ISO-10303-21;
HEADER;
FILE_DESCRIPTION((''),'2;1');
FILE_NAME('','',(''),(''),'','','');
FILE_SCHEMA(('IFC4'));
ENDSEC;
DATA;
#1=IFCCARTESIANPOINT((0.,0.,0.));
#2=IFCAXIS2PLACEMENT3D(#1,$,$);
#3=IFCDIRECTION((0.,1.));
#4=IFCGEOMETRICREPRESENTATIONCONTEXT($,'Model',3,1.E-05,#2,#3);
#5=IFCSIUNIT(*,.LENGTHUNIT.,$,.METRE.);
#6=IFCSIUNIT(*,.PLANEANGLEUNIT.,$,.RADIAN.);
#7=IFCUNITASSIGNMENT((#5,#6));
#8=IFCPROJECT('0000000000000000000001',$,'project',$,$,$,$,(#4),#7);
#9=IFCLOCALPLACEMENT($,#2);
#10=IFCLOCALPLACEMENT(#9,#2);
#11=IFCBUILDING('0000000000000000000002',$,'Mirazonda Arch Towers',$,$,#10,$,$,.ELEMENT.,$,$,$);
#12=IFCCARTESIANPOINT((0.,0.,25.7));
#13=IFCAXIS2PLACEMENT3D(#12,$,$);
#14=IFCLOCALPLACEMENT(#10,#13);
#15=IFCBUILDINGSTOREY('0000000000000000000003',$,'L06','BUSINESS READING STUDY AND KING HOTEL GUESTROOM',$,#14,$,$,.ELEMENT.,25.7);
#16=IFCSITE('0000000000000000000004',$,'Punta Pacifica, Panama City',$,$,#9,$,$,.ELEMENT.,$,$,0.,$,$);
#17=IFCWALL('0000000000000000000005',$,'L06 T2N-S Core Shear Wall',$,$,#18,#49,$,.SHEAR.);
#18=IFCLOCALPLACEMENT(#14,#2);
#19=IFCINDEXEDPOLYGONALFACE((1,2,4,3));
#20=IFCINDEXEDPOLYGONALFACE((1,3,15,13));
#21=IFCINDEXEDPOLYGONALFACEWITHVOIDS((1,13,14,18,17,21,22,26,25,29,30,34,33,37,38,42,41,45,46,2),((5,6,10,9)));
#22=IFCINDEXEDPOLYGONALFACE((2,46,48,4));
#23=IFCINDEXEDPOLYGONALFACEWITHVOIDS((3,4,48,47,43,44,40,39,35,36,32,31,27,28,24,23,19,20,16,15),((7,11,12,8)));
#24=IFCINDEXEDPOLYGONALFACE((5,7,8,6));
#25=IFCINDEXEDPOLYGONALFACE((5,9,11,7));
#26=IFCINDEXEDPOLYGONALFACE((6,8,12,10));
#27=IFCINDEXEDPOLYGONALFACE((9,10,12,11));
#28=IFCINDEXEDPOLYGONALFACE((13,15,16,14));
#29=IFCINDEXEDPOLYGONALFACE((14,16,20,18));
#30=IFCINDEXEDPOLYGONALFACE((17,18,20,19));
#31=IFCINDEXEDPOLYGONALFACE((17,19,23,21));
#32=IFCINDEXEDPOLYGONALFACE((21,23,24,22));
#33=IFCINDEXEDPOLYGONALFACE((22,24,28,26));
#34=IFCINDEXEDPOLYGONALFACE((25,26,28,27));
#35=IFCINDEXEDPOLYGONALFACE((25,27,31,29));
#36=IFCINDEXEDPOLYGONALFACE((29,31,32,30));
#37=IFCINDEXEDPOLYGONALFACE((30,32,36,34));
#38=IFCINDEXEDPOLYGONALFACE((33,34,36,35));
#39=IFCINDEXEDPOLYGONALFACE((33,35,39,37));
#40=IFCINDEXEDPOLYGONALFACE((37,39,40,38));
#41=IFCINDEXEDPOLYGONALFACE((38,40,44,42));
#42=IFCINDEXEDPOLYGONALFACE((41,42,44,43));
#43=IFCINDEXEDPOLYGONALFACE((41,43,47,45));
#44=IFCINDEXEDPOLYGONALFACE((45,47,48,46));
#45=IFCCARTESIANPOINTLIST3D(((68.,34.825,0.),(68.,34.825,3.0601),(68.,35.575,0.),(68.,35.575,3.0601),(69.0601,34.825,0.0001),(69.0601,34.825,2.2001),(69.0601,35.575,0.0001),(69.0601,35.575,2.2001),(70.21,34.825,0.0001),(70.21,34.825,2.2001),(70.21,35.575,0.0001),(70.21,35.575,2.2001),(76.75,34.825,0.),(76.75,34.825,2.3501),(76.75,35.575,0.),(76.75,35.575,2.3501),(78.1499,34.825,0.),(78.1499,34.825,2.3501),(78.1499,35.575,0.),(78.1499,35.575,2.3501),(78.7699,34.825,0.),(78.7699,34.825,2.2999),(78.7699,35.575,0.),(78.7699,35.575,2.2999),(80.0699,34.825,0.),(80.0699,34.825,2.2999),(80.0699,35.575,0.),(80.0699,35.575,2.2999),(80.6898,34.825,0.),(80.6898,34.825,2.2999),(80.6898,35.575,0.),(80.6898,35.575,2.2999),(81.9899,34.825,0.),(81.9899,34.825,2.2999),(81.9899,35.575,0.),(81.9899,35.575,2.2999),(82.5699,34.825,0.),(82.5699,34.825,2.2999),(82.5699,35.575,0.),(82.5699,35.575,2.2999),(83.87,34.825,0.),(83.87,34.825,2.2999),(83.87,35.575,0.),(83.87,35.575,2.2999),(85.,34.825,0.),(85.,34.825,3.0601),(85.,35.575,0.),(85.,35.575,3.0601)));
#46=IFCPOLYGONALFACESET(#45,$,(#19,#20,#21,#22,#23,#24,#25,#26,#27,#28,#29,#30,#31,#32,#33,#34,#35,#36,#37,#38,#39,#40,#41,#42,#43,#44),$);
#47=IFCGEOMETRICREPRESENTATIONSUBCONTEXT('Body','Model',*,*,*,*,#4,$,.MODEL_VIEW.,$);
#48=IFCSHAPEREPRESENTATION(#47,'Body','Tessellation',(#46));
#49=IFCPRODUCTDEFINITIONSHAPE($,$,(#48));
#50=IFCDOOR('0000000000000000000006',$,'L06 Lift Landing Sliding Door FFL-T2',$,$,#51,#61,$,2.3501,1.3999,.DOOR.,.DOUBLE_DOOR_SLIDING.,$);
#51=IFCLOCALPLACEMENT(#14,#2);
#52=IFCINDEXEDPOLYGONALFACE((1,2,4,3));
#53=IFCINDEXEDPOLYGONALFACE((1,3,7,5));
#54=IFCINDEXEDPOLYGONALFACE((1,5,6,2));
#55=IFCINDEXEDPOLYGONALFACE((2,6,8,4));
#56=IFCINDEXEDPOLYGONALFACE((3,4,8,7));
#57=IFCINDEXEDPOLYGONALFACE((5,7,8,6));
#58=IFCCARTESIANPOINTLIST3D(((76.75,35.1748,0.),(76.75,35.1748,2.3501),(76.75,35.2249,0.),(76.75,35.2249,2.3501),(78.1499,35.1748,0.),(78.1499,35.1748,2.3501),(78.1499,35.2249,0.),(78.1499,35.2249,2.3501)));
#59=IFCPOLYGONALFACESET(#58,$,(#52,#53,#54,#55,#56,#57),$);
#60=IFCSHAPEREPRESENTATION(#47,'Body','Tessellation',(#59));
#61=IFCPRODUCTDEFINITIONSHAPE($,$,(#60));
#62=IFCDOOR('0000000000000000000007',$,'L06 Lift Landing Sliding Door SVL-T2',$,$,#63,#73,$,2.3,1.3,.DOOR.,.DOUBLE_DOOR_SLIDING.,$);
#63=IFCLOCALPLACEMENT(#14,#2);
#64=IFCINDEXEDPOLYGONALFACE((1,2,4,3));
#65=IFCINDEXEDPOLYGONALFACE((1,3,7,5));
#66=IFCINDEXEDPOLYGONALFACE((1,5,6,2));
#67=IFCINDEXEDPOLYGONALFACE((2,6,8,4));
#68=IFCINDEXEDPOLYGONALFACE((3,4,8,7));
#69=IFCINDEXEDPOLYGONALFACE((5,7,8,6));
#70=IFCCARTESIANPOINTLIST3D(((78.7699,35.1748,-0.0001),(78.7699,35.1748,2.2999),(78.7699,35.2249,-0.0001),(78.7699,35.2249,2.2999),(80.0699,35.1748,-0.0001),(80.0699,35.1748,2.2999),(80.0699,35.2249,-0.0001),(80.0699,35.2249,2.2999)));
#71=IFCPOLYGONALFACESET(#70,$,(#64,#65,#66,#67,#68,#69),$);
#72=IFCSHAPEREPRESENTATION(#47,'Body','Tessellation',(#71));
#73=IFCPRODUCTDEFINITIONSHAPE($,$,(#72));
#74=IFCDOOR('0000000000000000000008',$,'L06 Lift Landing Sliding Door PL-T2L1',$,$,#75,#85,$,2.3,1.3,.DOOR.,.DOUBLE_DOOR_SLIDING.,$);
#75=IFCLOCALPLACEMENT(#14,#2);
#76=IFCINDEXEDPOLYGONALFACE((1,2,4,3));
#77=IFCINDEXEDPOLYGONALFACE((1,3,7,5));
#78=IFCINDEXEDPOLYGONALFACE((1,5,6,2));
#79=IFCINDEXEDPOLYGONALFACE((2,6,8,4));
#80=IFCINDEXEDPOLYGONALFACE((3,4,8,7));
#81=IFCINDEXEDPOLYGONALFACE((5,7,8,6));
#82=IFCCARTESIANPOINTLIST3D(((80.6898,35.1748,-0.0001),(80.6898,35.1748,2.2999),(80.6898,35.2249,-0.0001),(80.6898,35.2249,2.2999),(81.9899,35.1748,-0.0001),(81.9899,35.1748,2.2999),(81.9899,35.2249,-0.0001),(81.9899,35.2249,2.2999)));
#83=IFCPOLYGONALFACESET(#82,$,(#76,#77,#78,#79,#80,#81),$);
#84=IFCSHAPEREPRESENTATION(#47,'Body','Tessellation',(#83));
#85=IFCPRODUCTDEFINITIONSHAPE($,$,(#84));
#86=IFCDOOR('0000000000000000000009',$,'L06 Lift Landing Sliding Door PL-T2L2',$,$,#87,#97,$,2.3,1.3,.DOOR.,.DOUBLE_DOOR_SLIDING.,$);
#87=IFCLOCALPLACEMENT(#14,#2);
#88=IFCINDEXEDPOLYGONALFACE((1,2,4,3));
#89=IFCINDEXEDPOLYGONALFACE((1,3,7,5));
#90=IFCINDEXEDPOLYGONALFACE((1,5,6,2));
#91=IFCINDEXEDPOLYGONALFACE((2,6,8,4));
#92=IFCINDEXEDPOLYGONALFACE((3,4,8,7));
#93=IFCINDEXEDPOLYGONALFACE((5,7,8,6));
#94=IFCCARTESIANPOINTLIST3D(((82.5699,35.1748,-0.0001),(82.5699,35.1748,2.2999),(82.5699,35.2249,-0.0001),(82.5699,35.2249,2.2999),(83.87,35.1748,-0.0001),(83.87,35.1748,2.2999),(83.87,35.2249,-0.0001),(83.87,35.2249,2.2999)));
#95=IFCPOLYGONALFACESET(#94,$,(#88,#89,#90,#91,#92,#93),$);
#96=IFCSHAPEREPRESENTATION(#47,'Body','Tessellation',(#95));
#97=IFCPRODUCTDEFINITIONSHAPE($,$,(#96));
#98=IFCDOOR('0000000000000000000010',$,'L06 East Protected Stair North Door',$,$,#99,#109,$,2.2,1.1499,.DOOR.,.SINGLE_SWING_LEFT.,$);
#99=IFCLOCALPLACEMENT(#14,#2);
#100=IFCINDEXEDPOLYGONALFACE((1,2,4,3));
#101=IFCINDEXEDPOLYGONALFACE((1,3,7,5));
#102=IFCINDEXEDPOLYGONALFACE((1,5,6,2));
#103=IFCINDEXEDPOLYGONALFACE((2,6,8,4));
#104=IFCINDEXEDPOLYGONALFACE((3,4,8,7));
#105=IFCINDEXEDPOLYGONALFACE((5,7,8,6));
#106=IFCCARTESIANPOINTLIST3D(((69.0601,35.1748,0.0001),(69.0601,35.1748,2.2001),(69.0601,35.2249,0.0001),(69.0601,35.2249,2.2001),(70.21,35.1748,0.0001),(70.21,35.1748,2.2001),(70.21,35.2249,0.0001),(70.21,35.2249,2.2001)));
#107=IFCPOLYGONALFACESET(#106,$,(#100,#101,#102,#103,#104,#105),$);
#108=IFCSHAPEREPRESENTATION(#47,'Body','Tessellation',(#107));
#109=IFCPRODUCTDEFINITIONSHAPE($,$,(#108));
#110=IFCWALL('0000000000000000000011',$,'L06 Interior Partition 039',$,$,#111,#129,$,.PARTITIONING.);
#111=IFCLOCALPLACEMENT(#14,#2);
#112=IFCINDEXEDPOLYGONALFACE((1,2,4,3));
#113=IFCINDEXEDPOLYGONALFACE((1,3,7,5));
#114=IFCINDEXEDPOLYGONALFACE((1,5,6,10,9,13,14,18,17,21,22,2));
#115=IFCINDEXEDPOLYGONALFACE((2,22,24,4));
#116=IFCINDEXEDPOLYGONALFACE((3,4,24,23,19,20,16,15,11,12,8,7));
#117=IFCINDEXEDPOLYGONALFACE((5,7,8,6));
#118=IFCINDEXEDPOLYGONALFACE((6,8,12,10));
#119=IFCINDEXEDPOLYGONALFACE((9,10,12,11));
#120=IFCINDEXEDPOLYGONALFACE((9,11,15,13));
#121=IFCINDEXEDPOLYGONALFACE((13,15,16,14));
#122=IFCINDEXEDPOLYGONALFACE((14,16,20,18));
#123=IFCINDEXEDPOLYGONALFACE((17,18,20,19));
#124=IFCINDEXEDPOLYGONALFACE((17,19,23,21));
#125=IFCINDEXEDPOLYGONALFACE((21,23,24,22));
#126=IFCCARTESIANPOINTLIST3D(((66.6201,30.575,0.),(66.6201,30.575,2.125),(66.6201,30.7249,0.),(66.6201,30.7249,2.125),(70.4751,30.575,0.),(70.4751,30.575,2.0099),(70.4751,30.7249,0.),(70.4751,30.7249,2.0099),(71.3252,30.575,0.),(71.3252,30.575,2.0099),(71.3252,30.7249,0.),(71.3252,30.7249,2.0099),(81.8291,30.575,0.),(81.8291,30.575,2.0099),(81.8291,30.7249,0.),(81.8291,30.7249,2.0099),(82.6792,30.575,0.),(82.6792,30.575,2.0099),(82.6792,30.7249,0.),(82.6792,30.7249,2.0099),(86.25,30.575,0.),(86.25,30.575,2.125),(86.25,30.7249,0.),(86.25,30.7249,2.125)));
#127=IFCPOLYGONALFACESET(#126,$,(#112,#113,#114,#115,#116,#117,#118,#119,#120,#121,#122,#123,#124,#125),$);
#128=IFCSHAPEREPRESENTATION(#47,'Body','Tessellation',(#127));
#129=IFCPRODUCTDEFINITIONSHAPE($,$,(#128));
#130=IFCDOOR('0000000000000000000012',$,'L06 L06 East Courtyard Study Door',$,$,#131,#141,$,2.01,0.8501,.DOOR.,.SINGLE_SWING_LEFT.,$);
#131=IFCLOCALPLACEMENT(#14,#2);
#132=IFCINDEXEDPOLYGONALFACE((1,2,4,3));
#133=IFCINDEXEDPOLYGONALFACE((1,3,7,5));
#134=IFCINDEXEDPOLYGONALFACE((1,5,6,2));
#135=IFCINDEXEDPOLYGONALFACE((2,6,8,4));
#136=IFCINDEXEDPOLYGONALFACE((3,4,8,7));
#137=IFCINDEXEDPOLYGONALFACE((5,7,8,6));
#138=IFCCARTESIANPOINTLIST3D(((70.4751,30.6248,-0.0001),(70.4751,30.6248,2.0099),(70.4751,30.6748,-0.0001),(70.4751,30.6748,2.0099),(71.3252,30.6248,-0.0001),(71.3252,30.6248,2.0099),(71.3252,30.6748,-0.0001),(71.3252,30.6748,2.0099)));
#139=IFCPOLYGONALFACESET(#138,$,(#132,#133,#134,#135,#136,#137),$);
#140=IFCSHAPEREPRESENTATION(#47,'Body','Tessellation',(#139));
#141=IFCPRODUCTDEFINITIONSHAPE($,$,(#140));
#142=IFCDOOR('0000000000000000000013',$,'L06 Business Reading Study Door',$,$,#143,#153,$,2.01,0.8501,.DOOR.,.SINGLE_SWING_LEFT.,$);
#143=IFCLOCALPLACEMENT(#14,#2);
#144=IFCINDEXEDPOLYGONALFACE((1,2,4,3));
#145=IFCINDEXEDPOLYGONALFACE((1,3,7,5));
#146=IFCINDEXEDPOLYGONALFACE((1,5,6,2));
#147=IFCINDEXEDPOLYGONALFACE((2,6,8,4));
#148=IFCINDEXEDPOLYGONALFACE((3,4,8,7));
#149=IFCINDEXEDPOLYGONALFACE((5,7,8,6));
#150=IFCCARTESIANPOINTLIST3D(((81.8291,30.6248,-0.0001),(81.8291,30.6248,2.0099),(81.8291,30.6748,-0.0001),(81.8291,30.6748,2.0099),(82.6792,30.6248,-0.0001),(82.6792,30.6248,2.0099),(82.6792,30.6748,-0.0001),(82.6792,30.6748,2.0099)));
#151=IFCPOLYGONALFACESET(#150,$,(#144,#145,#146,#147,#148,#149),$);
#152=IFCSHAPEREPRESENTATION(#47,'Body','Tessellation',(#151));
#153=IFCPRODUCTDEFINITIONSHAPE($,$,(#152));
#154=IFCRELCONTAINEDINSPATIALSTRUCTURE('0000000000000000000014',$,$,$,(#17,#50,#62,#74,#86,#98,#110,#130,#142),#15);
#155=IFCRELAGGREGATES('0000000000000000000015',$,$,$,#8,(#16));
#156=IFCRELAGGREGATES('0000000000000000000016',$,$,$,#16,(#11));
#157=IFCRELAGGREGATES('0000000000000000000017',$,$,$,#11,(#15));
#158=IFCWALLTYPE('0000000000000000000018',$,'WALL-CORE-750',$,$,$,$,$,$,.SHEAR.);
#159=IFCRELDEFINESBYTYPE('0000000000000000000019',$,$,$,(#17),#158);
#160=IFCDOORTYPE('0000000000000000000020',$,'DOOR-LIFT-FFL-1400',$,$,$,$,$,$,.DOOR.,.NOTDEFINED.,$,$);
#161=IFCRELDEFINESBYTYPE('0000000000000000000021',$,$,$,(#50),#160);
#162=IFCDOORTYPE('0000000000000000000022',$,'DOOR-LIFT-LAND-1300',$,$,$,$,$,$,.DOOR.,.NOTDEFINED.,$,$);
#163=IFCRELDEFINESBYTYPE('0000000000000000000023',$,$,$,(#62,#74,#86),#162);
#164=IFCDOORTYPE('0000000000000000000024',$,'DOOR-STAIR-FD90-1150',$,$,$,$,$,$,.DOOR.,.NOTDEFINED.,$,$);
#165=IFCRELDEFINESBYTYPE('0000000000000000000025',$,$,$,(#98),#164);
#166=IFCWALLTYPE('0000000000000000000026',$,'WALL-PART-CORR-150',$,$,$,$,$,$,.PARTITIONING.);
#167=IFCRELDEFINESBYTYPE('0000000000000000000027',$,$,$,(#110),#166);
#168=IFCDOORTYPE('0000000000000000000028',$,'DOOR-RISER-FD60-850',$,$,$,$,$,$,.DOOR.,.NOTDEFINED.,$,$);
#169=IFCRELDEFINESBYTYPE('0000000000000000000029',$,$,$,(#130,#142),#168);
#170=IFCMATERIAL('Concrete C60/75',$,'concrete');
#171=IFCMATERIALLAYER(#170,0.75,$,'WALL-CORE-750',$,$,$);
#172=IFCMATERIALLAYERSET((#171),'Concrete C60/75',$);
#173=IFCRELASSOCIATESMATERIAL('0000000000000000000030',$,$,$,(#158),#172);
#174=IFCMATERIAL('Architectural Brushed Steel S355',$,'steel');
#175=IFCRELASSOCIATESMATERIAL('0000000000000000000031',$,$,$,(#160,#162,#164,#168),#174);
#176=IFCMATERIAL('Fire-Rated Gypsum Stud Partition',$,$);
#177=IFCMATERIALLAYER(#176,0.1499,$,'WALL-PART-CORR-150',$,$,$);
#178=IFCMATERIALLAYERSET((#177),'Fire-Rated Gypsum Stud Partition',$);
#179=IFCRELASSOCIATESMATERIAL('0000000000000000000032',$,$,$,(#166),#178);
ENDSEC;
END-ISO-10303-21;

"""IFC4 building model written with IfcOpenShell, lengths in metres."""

from ifc_helpers import new_model, si_unit, direction, frame, frame_2d, origin, place, context, subcontext, project, spatial, rectangle, extrude, material, layer, layer_set, type_object, element, fill, save


model = new_model("IFC4")

# Units and contexts
model_context = context("Model", 3, precision=1e-05, world=origin(), true_north=direction((0.0, 1.0)))
body_context = subcontext(model_context, "Body", "Model", "MODEL_VIEW")
ifc_project = project(units=[si_unit("LENGTHUNIT", "METRE"), si_unit("PLANEANGLEUNIT", "RADIAN")], contexts=[model_context])

# Site, building, storey
site_placement = place(None, origin())
site = spatial("IfcSite", under=ifc_project, at=site_placement, Name="Punta Pacifica, Panama City", CompositionType="ELEMENT", RefElevation=0.0)
building_placement = place(site_placement, origin())
building = spatial("IfcBuilding", under=site, at=building_placement, Name="Mirazonda Arch Towers", CompositionType="ELEMENT")
storey_placement = place(building_placement, frame((0.0, 0.0, 25.7)))
storey = spatial("IfcBuildingStorey", under=building, at=storey_placement, Name="L06", Description="BUSINESS READING STUDY AND KING HOTEL GUESTROOM", CompositionType="ELEMENT", Elevation=25.7)

# Shared definitions
ifc_material_1 = material(Name="Concrete C60/75", Category="concrete")

# Shared definitions
ifc_layer_1 = layer(ifc_material_1, 0.75, Name="WALL-CORE-750")
ifc_layer_set_1 = layer_set([ifc_layer_1], Name="Concrete C60/75")
wall_type_1 = type_object("IfcWallType", Name="WALL-CORE-750", PredefinedType="SHEAR", material=ifc_layer_set_1)

# Walls, openings, doors
wall_1_placement = place(storey_placement, frame((68.0, 35.2, 0.0), z_axis=(0.0, 0.0, 1.0), x_axis=(1.0, 0.0, 0.0)))
wall_1 = element("IfcWall", 1, at=wall_1_placement, inside=storey, type_object=wall_type_1, Name="L06 T2N-S Core Shear Wall", PredefinedType="SHEAR", context=body_context, shape_type="SweptSolid", body=[
    extrude(rectangle(XDim=17.0, YDim=0.75, at=frame_2d((8.5, 0.0))), origin(), (0.0, 0.0, 1.0), 3.0601),
])
opening_1_placement = place(wall_1_placement, frame((1.0601, 0.0, 0.0)))
opening_1 = element("IfcOpeningElement", 2, at=opening_1_placement, cuts=wall_1, PredefinedType="OPENING", context=body_context, shape_type="SweptSolid", body=[
    extrude(rectangle(XDim=1.1499, YDim=2.2, at=frame_2d((0.575, 1.1001))), frame((0.0, 0.385, 0.0), z_axis=(0.0, -1.0, 0.0), x_axis=(1.0, 0.0, 0.0)), (0.0, 0.0, 1.0), 0.77),
])
opening_2_placement = place(wall_1_placement, frame((8.75, 0.0, 0.0)))
opening_2 = element("IfcOpeningElement", 3, at=opening_2_placement, cuts=wall_1, PredefinedType="OPENING", context=body_context, shape_type="SweptSolid", body=[
    extrude(rectangle(XDim=1.3999, YDim=2.3501, at=frame_2d((0.7, 1.175))), frame((0.0, 0.385, 0.0), z_axis=(0.0, -1.0, 0.0), x_axis=(1.0, 0.0, 0.0)), (0.0, 0.0, 1.0), 0.77),
])
opening_3_placement = place(wall_1_placement, frame((10.77, 0.0, 0.0)))
opening_3 = element("IfcOpeningElement", 4, at=opening_3_placement, cuts=wall_1, PredefinedType="OPENING", context=body_context, shape_type="SweptSolid", body=[
    extrude(rectangle(XDim=1.3, YDim=2.3, at=frame_2d((0.6499, 1.1499))), frame((0.0, 0.385, 0.0), z_axis=(0.0, -1.0, 0.0), x_axis=(1.0, 0.0, 0.0)), (0.0, 0.0, 1.0), 0.77),
])
opening_4_placement = place(wall_1_placement, frame((12.6899, 0.0, 0.0)))
opening_4 = element("IfcOpeningElement", 5, at=opening_4_placement, cuts=wall_1, PredefinedType="OPENING", context=body_context, shape_type="SweptSolid", body=[
    extrude(rectangle(XDim=1.3, YDim=2.3, at=frame_2d((0.6499, 1.1499))), frame((0.0, 0.385, 0.0), z_axis=(0.0, -1.0, 0.0), x_axis=(1.0, 0.0, 0.0)), (0.0, 0.0, 1.0), 0.77),
])
opening_5_placement = place(wall_1_placement, frame((14.5701, 0.0, 0.0)))
opening_5 = element("IfcOpeningElement", 6, at=opening_5_placement, cuts=wall_1, PredefinedType="OPENING", context=body_context, shape_type="SweptSolid", body=[
    extrude(rectangle(XDim=1.3, YDim=2.3, at=frame_2d((0.6499, 1.1499))), frame((0.0, 0.385, 0.0), z_axis=(0.0, -1.0, 0.0), x_axis=(1.0, 0.0, 0.0)), (0.0, 0.0, 1.0), 0.77),
])
ifc_material_2 = material(Name="Architectural Brushed Steel S355", Category="steel")
door_type_1 = type_object("IfcDoorType", Name="DOOR-LIFT-FFL-1400", OperationType="NOTDEFINED", PredefinedType="DOOR", material=ifc_material_2)
door_1_placement = place(opening_2_placement, origin())
door_1 = element("IfcDoor", 7, at=door_1_placement, inside=storey, type_object=door_type_1, Name="L06 Lift Landing Sliding Door FFL-T2", OperationType="DOUBLE_DOOR_SLIDING", OverallHeight=2.3501, OverallWidth=1.3999, PredefinedType="DOOR", context=body_context, shape_type="SweptSolid", body=[
    extrude(rectangle(XDim=1.3999, YDim=2.3501, at=frame_2d((0.7, 1.175))), frame((0.0, 0.0249, 0.0), z_axis=(0.0, -1.0, 0.0), x_axis=(1.0, 0.0, 0.0)), (0.0, 0.0, 1.0), 0.05),
])
fill(opening_2, door_1)
door_type_2 = type_object("IfcDoorType", Name="DOOR-LIFT-LAND-1300", OperationType="NOTDEFINED", PredefinedType="DOOR", material=ifc_material_2)
door_2_placement = place(opening_3_placement, origin())
door_2 = element("IfcDoor", 8, at=door_2_placement, inside=storey, type_object=door_type_2, Name="L06 Lift Landing Sliding Door SVL-T2", OperationType="DOUBLE_DOOR_SLIDING", OverallHeight=2.3, OverallWidth=1.3, PredefinedType="DOOR", context=body_context, shape_type="SweptSolid", body=[
    extrude(rectangle(XDim=1.3, YDim=2.3, at=frame_2d((0.6499, 1.1499))), frame((0.0, 0.0249, 0.0), z_axis=(0.0, -1.0, 0.0), x_axis=(1.0, 0.0, 0.0)), (0.0, 0.0, 1.0), 0.05),
])
fill(opening_3, door_2)
door_3_placement = place(opening_4_placement, origin())
door_3 = element("IfcDoor", 9, at=door_3_placement, inside=storey, type_object=door_type_2, Name="L06 Lift Landing Sliding Door PL-T2L1", OperationType="DOUBLE_DOOR_SLIDING", OverallHeight=2.3, OverallWidth=1.3, PredefinedType="DOOR", context=body_context, shape_type="SweptSolid", body=[
    extrude(rectangle(XDim=1.3, YDim=2.3, at=frame_2d((0.6499, 1.1499))), frame((0.0, 0.0249, 0.0), z_axis=(0.0, -1.0, 0.0), x_axis=(1.0, 0.0, 0.0)), (0.0, 0.0, 1.0), 0.05),
])
fill(opening_4, door_3)
door_4_placement = place(opening_5_placement, origin())
door_4 = element("IfcDoor", 10, at=door_4_placement, inside=storey, type_object=door_type_2, Name="L06 Lift Landing Sliding Door PL-T2L2", OperationType="DOUBLE_DOOR_SLIDING", OverallHeight=2.3, OverallWidth=1.3, PredefinedType="DOOR", context=body_context, shape_type="SweptSolid", body=[
    extrude(rectangle(XDim=1.3, YDim=2.3, at=frame_2d((0.6499, 1.1499))), frame((0.0, 0.0249, 0.0), z_axis=(0.0, -1.0, 0.0), x_axis=(1.0, 0.0, 0.0)), (0.0, 0.0, 1.0), 0.05),
])
fill(opening_5, door_4)
door_type_3 = type_object("IfcDoorType", Name="DOOR-STAIR-FD90-1150", OperationType="NOTDEFINED", PredefinedType="DOOR", material=ifc_material_2)
door_5_placement = place(opening_1_placement, origin())
door_5 = element("IfcDoor", 11, at=door_5_placement, inside=storey, type_object=door_type_3, Name="L06 East Protected Stair North Door", OperationType="SINGLE_SWING_LEFT", OverallHeight=2.2, OverallWidth=1.1499, PredefinedType="DOOR", context=body_context, shape_type="SweptSolid", body=[
    extrude(rectangle(XDim=1.1499, YDim=2.2, at=frame_2d((0.575, 1.1001))), frame((0.0, 0.0249, 0.0), z_axis=(0.0, -1.0, 0.0), x_axis=(1.0, 0.0, 0.0)), (0.0, 0.0, 1.0), 0.05),
])
fill(opening_1, door_5)
ifc_material_3 = material(Name="Fire-Rated Gypsum Stud Partition")
ifc_layer_2 = layer(ifc_material_3, 0.1499, Name="WALL-PART-CORR-150")
ifc_layer_set_2 = layer_set([ifc_layer_2], Name="Fire-Rated Gypsum Stud Partition")
wall_type_2 = type_object("IfcWallType", Name="WALL-PART-CORR-150", PredefinedType="PARTITIONING", material=ifc_layer_set_2)
wall_2_placement = place(storey_placement, frame((66.6201, 30.6499, 0.0), z_axis=(0.0, 0.0, 1.0), x_axis=(1.0, 0.0, 0.0)))
wall_2 = element("IfcWall", 12, at=wall_2_placement, inside=storey, type_object=wall_type_2, Name="L06 Interior Partition 039", PredefinedType="PARTITIONING", context=body_context, shape_type="SweptSolid", body=[
    extrude(rectangle(XDim=19.6299, YDim=0.1499, at=frame_2d((9.8149, 0.0))), origin(), (0.0, 0.0, 1.0), 2.125),
])
opening_6_placement = place(wall_2_placement, frame((3.855, 0.0, 0.0)))
opening_6 = element("IfcOpeningElement", 13, at=opening_6_placement, cuts=wall_2, PredefinedType="OPENING", context=body_context, shape_type="SweptSolid", body=[
    extrude(rectangle(XDim=0.8501, YDim=2.01, at=frame_2d((0.425, 1.0049))), frame((0.0, 0.085, 0.0), z_axis=(0.0, -1.0, 0.0), x_axis=(1.0, 0.0, 0.0)), (0.0, 0.0, 1.0), 0.1699),
])
opening_7_placement = place(wall_2_placement, frame((15.209, 0.0, 0.0)))
opening_7 = element("IfcOpeningElement", 14, at=opening_7_placement, cuts=wall_2, PredefinedType="OPENING", context=body_context, shape_type="SweptSolid", body=[
    extrude(rectangle(XDim=0.8501, YDim=2.01, at=frame_2d((0.425, 1.0049))), frame((0.0, 0.085, 0.0), z_axis=(0.0, -1.0, 0.0), x_axis=(1.0, 0.0, 0.0)), (0.0, 0.0, 1.0), 0.1699),
])
door_type_4 = type_object("IfcDoorType", Name="DOOR-RISER-FD60-850", OperationType="NOTDEFINED", PredefinedType="DOOR", material=ifc_material_2)
door_6_placement = place(opening_6_placement, origin())
door_6 = element("IfcDoor", 15, at=door_6_placement, inside=storey, type_object=door_type_4, Name="L06 L06 East Courtyard Study Door", OperationType="SINGLE_SWING_LEFT", OverallHeight=2.01, OverallWidth=0.8501, PredefinedType="DOOR", context=body_context, shape_type="SweptSolid", body=[
    extrude(rectangle(XDim=0.8501, YDim=2.01, at=frame_2d((0.425, 1.0049))), frame((0.0, 0.0249, 0.0), z_axis=(0.0, -1.0, 0.0), x_axis=(1.0, 0.0, 0.0)), (0.0, 0.0, 1.0), 0.05),
])
fill(opening_6, door_6)
door_7_placement = place(opening_7_placement, origin())
door_7 = element("IfcDoor", 16, at=door_7_placement, inside=storey, type_object=door_type_4, Name="L06 Business Reading Study Door", OperationType="SINGLE_SWING_LEFT", OverallHeight=2.01, OverallWidth=0.8501, PredefinedType="DOOR", context=body_context, shape_type="SweptSolid", body=[
    extrude(rectangle(XDim=0.8501, YDim=2.01, at=frame_2d((0.425, 1.0049))), frame((0.0, 0.0249, 0.0), z_axis=(0.0, -1.0, 0.0), x_axis=(1.0, 0.0, 0.0)), (0.0, 0.0, 1.0), 0.05),
])
fill(opening_7, door_7)

save(model, "model.ifc")
